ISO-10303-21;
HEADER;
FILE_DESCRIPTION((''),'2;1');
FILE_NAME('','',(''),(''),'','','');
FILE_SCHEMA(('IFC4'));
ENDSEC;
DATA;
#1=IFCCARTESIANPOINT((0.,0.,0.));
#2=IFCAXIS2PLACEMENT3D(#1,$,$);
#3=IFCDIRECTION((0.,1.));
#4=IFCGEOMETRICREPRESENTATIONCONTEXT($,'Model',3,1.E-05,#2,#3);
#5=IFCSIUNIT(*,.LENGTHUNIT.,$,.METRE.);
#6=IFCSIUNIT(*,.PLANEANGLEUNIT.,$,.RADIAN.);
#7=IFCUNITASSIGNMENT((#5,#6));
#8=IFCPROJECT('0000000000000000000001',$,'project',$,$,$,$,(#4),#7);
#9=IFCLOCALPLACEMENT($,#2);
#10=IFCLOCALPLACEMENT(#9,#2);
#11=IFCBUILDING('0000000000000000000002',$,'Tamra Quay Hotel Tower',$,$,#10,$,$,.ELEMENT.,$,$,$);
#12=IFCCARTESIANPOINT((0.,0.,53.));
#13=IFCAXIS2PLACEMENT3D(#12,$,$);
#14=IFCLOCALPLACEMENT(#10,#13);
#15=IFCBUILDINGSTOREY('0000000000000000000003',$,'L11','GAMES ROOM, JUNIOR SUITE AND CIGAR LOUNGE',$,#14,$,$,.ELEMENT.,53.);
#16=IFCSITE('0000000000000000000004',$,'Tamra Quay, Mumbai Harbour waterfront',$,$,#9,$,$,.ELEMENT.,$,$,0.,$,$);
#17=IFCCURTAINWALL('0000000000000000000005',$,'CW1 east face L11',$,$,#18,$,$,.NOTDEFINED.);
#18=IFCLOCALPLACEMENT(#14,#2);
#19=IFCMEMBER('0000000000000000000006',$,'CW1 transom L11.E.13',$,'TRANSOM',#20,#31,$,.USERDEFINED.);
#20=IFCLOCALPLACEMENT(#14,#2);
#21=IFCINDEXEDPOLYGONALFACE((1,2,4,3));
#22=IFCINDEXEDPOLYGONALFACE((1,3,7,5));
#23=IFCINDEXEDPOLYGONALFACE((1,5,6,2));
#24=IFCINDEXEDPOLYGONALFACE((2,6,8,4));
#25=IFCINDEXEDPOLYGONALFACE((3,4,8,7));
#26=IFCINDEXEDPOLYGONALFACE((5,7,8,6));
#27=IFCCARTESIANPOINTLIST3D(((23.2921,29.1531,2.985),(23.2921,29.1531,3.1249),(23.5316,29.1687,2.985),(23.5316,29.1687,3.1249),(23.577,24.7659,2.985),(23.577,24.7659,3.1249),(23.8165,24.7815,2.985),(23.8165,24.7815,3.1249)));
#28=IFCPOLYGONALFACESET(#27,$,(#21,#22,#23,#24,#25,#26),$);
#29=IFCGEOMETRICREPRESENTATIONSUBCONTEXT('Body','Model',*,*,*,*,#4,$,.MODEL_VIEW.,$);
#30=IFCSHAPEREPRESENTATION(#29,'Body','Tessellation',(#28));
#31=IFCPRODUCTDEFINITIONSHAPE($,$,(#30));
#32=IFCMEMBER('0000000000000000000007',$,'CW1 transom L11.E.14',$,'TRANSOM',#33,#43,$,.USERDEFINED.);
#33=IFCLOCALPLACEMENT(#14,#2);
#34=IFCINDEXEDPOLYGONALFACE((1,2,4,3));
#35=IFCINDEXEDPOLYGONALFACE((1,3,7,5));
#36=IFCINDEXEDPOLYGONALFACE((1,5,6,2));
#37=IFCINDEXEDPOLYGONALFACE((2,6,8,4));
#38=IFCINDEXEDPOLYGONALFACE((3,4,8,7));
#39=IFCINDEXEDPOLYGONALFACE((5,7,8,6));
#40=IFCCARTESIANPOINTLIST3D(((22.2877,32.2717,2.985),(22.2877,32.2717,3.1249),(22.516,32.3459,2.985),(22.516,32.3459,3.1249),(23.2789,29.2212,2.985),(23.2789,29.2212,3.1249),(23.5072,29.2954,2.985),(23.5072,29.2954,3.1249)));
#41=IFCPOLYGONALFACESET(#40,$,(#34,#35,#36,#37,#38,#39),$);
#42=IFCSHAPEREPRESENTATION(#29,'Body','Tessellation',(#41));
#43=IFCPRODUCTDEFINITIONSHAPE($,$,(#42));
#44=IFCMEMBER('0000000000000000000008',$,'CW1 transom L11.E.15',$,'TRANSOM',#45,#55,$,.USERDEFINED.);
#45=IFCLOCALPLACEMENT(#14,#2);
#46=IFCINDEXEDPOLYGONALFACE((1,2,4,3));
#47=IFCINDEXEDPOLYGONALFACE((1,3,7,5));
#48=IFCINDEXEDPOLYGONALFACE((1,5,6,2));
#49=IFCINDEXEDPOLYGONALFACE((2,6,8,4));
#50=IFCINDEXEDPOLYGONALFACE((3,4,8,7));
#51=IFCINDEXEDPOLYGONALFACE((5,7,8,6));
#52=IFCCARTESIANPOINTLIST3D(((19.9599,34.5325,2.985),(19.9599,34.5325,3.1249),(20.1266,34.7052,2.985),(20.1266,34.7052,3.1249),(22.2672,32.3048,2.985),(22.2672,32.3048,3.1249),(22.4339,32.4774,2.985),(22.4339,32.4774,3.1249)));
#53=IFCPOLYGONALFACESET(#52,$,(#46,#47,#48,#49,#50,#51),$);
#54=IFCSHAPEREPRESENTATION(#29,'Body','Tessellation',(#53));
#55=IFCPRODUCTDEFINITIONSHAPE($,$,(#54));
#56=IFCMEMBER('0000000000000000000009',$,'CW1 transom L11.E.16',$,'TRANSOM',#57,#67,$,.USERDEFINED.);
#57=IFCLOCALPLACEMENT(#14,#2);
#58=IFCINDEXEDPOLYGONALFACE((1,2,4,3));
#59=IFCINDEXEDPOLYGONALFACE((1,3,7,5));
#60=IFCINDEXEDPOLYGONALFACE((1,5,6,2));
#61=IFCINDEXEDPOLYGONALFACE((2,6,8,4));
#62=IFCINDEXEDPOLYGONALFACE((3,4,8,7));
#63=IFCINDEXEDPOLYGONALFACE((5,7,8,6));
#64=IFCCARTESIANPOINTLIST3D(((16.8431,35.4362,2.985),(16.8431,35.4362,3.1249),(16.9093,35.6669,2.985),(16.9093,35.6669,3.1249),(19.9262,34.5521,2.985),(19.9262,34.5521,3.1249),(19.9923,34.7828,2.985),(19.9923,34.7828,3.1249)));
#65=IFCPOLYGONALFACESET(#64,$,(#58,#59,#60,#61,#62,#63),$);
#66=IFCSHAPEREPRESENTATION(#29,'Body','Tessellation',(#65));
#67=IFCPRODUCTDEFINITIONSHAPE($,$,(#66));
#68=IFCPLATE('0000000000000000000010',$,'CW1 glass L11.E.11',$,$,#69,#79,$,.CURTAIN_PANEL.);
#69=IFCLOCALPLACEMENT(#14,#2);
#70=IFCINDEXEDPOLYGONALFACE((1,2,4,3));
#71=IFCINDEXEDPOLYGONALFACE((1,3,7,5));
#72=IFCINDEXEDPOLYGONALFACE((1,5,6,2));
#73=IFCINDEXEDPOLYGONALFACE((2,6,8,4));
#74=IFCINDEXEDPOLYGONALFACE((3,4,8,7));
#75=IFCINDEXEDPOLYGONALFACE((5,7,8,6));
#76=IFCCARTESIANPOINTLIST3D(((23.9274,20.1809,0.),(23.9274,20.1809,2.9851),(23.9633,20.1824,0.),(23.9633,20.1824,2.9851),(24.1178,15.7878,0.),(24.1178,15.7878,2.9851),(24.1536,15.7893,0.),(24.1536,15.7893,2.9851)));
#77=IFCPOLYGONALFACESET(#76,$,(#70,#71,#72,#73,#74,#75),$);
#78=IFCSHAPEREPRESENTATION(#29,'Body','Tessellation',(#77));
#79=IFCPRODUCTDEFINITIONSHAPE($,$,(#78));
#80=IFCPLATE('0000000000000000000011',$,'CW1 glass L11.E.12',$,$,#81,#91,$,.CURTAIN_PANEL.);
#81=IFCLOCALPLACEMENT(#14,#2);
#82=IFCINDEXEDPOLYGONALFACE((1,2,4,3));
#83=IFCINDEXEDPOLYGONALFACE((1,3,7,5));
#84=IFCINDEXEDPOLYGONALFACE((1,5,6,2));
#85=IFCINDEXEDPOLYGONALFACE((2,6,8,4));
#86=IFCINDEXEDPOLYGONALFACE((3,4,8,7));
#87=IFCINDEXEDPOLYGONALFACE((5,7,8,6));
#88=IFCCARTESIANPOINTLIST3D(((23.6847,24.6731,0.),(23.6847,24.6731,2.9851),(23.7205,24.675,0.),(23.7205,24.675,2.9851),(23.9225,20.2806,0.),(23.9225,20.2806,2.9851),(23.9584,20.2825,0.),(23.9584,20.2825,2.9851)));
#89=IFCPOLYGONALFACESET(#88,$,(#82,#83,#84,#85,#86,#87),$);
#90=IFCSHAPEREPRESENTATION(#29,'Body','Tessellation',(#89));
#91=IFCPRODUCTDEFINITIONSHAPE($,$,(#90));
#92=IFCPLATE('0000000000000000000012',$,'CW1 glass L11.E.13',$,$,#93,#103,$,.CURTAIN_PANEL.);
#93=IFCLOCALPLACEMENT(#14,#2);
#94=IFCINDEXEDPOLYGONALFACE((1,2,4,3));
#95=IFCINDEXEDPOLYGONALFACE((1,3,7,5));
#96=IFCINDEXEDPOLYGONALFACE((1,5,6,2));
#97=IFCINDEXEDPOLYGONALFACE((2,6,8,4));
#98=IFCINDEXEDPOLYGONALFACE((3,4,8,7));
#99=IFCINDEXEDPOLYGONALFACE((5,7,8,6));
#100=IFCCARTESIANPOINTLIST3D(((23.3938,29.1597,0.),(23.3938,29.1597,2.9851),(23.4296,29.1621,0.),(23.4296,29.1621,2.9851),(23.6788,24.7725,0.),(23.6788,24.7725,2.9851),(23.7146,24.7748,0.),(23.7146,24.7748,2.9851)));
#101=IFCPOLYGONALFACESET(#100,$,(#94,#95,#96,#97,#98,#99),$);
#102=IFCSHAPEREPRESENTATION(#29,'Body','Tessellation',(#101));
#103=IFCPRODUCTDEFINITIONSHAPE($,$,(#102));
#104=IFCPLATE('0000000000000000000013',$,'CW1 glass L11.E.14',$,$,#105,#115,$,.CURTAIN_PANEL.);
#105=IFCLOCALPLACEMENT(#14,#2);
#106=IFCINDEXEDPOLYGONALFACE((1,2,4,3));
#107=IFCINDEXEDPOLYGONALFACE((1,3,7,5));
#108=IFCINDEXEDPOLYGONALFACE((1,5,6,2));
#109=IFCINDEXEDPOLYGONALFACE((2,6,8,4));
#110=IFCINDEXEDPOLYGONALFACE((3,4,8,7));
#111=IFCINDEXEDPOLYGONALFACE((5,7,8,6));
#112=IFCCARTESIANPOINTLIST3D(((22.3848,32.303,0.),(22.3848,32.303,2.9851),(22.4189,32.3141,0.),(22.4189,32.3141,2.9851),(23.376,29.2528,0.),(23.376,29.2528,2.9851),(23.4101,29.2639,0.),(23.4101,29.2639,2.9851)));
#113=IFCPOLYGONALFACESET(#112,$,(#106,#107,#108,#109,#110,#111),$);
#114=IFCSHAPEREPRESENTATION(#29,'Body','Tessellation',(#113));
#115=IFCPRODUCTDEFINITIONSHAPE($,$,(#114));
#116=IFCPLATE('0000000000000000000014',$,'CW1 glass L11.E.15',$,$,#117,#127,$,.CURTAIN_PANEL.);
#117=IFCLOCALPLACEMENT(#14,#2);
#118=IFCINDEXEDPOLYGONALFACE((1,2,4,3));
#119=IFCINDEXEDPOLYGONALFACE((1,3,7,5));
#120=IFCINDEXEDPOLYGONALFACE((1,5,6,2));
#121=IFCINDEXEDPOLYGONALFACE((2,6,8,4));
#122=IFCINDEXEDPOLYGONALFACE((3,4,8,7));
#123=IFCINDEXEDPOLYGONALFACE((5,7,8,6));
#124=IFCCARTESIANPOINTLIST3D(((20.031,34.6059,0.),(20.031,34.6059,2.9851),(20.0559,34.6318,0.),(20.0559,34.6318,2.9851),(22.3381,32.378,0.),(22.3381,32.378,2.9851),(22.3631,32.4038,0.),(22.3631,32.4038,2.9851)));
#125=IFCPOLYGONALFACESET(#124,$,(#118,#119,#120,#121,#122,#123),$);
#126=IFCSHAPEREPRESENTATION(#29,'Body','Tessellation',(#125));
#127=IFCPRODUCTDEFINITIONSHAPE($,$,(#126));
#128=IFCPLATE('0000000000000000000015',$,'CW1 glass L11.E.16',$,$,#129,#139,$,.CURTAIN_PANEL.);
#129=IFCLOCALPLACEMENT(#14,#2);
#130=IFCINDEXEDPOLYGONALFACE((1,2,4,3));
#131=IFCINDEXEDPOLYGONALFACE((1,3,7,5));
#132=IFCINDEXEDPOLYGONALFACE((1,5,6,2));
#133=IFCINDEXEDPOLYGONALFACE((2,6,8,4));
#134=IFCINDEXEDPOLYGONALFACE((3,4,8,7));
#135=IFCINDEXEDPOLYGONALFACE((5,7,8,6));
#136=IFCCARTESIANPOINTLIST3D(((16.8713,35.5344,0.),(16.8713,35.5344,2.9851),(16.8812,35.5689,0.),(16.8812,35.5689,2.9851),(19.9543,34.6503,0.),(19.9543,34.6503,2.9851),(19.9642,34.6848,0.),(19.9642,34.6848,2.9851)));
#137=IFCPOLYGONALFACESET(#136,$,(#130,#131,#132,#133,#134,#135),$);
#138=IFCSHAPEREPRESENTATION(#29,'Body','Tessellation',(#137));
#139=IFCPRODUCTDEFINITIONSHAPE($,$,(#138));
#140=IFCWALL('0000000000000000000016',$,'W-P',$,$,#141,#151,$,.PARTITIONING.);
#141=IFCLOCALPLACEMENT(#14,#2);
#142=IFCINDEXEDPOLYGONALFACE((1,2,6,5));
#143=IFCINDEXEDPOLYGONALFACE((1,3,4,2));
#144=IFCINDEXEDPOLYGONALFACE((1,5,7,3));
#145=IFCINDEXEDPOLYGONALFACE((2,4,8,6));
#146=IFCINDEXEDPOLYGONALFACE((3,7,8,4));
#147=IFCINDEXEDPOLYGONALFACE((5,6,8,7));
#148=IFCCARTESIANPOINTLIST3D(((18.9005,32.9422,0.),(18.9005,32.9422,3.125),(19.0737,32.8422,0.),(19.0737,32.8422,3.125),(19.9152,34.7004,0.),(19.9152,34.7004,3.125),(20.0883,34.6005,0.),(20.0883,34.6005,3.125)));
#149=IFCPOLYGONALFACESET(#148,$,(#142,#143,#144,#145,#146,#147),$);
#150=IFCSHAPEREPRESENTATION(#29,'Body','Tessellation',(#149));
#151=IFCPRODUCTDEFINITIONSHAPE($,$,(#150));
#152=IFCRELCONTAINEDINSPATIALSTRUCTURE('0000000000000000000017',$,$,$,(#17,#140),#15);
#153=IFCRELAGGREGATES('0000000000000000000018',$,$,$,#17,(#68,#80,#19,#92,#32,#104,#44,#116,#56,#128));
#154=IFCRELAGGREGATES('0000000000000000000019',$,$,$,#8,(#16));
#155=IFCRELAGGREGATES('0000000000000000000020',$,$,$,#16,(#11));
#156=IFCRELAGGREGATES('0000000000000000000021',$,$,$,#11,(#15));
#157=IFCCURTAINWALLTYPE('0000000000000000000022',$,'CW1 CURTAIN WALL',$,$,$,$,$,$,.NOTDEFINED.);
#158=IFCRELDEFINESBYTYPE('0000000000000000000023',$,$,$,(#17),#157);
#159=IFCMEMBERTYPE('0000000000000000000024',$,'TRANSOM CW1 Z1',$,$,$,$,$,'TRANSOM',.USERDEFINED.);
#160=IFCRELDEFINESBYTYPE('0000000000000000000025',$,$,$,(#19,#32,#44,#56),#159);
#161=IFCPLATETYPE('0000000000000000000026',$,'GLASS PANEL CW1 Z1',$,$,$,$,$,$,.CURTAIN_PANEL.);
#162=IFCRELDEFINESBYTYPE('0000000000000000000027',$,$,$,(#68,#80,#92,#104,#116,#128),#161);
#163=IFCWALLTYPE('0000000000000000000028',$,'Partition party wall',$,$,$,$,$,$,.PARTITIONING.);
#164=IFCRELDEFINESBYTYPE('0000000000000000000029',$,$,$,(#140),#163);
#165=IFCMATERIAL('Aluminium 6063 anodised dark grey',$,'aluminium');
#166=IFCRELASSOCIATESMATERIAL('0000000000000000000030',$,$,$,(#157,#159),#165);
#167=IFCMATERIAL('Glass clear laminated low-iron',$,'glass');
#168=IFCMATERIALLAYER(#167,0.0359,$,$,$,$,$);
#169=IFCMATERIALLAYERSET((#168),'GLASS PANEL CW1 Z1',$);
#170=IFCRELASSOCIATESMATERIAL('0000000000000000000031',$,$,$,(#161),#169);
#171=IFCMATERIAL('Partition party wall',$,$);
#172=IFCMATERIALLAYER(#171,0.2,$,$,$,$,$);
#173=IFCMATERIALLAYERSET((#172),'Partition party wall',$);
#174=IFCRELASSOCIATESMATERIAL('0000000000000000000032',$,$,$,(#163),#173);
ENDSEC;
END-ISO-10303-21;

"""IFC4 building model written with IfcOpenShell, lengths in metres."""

from ifc_helpers import new_model, si_unit, direction, frame, frame_2d, origin, origin_2d, place, context, subcontext, project, spatial, rectangle, extrude, material, layer, layer_set, material_profile, profile_set, type_object, element, aggregate, save


model = new_model("IFC4")

# Units and contexts
model_context = context("Model", 3, precision=1e-05, world=origin(), true_north=direction((0.0, 1.0)))
body_context = subcontext(model_context, "Body", "Model", "MODEL_VIEW")
ifc_project = project(units=[si_unit("LENGTHUNIT", "METRE"), si_unit("PLANEANGLEUNIT", "RADIAN")], contexts=[model_context])

# Site, building, storey
site_placement = place(None, origin())
site = spatial("IfcSite", under=ifc_project, at=site_placement, Name="Tamra Quay, Mumbai Harbour waterfront", CompositionType="ELEMENT", RefElevation=0.0)
building_placement = place(site_placement, origin())
building = spatial("IfcBuilding", under=site, at=building_placement, Name="Tamra Quay Hotel Tower", CompositionType="ELEMENT")
storey_placement = place(building_placement, frame((0.0, 0.0, 53.0)))
storey = spatial("IfcBuildingStorey", under=building, at=storey_placement, Name="L11", Description="GAMES ROOM, JUNIOR SUITE AND CIGAR LOUNGE", CompositionType="ELEMENT", Elevation=53.0)

# Curtain wall
ifc_material_1 = material(Name="Aluminium 6063 anodised dark grey", Category="aluminium")
curtain_wall_type = type_object("IfcCurtainWallType", Name="CW1 CURTAIN WALL", PredefinedType="NOTDEFINED", material=ifc_material_1)
curtain_wall_placement = place(storey_placement, origin())
curtain_wall = element("IfcCurtainWall", 1, at=curtain_wall_placement, inside=storey, type_object=curtain_wall_type, Name="CW1 east face L11", PredefinedType="NOTDEFINED")

# Members
ifc_material_profile_1 = material_profile(ifc_material_1, rectangle(XDim=0.24, YDim=0.1399, at=origin_2d()), Name="TRANSOM 240X140")
ifc_profile_set_1 = profile_set([ifc_material_profile_1], Name="Aluminium 6063 anodised dark grey")
member_type_1 = type_object("IfcMemberType", Name="TRANSOM CW1 Z1", ElementType="TRANSOM", PredefinedType="USERDEFINED", material=ifc_profile_set_1)
member_1_placement = place(storey_placement, frame((23.6968, 24.7737, 3.0549), z_axis=(-0.064805, 0.997898, 0.0), x_axis=(-0.997898, -0.064805, 0.0)))
member_1 = element("IfcMember", 2, at=member_1_placement, type_object=member_type_1, Name="CW1 transom L11.E.13", ObjectType="TRANSOM", PredefinedType="USERDEFINED", context=body_context, shape_type="SweptSolid", body=[
    extrude(rectangle(XDim=0.24, YDim=0.1399, at=origin_2d()), origin(), (0.0, 0.0, 1.0), 4.3965),
])
member_2_placement = place(storey_placement, frame((23.3931, 29.2583, 3.0549), z_axis=(-0.309026, 0.951054, 0.0), x_axis=(-0.951054, -0.309026, 0.0)))
member_2 = element("IfcMember", 3, at=member_2_placement, type_object=member_type_1, Name="CW1 transom L11.E.14", ObjectType="TRANSOM", PredefinedType="USERDEFINED", context=body_context, shape_type="SweptSolid", body=[
    extrude(rectangle(XDim=0.24, YDim=0.1399, at=origin_2d()), origin(), (0.0, 0.0, 1.0), 3.2075),
])
member_3_placement = place(storey_placement, frame((22.3506, 32.3911, 3.0549), z_axis=(-0.719405, 0.69459, 0.0), x_axis=(-0.69459, -0.719405, 0.0)))
member_3 = element("IfcMember", 4, at=member_3_placement, type_object=member_type_1, Name="CW1 transom L11.E.15", ObjectType="TRANSOM", PredefinedType="USERDEFINED", context=body_context, shape_type="SweptSolid", body=[
    extrude(rectangle(XDim=0.24, YDim=0.1399, at=origin_2d()), origin(), (0.0, 0.0, 1.0), 3.2073),
])
member_4_placement = place(storey_placement, frame((19.9592, 34.6675, 3.0549), z_axis=(-0.961262, 0.275636, 0.0), x_axis=(-0.275636, -0.961262, 0.0)))
member_4 = element("IfcMember", 5, at=member_4_placement, type_object=member_type_1, Name="CW1 transom L11.E.16", ObjectType="TRANSOM", PredefinedType="USERDEFINED", context=body_context, shape_type="SweptSolid", body=[
    extrude(rectangle(XDim=0.24, YDim=0.1399, at=origin_2d()), origin(), (0.0, 0.0, 1.0), 3.2073),
])

# Plates
ifc_material_2 = material(Name="Glass clear laminated low-iron", Category="glass")
ifc_layer_1 = layer(ifc_material_2, 0.0359)
ifc_layer_set_1 = layer_set([ifc_layer_1], Name="GLASS PANEL CW1 Z1")
plate_type = type_object("IfcPlateType", Name="GLASS PANEL CW1 Z1", PredefinedType="CURTAIN_PANEL", material=ifc_layer_set_1)
plate_1_placement = place(storey_placement, frame((24.0405, 17.9851, 0.0), z_axis=(0.0, 0.0, 1.0), x_axis=(-0.043285, 0.999063, 0.0)))
plate_1 = element("IfcPlate", 6, at=plate_1_placement, type_object=plate_type, Name="CW1 glass L11.E.11", PredefinedType="CURTAIN_PANEL", context=body_context, shape_type="SweptSolid", body=[
    extrude(rectangle(XDim=4.3972, YDim=0.0359, at=origin_2d()), origin(), (0.0, 0.0, 1.0), 2.9851),
])
plate_2_placement = place(storey_placement, frame((23.8215, 22.4778, 0.0), z_axis=(0.0, 0.0, 1.0), x_axis=(-0.054062, 0.998538, 0.0)))
plate_2 = element("IfcPlate", 7, at=plate_2_placement, type_object=plate_type, Name="CW1 glass L11.E.12", PredefinedType="CURTAIN_PANEL", context=body_context, shape_type="SweptSolid", body=[
    extrude(rectangle(XDim=4.3989, YDim=0.0359, at=origin_2d()), origin(), (0.0, 0.0, 1.0), 2.9851),
])
plate_3_placement = place(storey_placement, frame((23.5542, 26.9673, 0.0), z_axis=(0.0, 0.0, 1.0), x_axis=(-0.064813, 0.997897, 0.0)))
plate_3 = element("IfcPlate", 8, at=plate_3_placement, type_object=plate_type, Name="CW1 glass L11.E.13", PredefinedType="CURTAIN_PANEL", context=body_context, shape_type="SweptSolid", body=[
    extrude(rectangle(XDim=4.3965, YDim=0.0359, at=origin_2d()), origin(), (0.0, 0.0, 1.0), 2.9851),
])
plate_4_placement = place(storey_placement, frame((22.8975, 30.7834, 0.0), z_axis=(0.0, 0.0, 1.0), x_axis=(-0.309041, 0.951049, 0.0)))
plate_4 = element("IfcPlate", 9, at=plate_4_placement, type_object=plate_type, Name="CW1 glass L11.E.14", PredefinedType="CURTAIN_PANEL", context=body_context, shape_type="SweptSolid", body=[
    extrude(rectangle(XDim=3.2073, YDim=0.0359, at=origin_2d()), origin(), (0.0, 0.0, 1.0), 2.9851),
])
plate_5_placement = place(storey_placement, frame((21.197, 33.5049, 0.0), z_axis=(0.0, 0.0, 1.0), x_axis=(-0.719346, 0.694652, 0.0)))
plate_5 = element("IfcPlate", 10, at=plate_5_placement, type_object=plate_type, Name="CW1 glass L11.E.15", PredefinedType="CURTAIN_PANEL", context=body_context, shape_type="SweptSolid", body=[
    extrude(rectangle(XDim=3.2073, YDim=0.0359, at=origin_2d()), origin(), (0.0, 0.0, 1.0), 2.9851),
])
plate_6_placement = place(storey_placement, frame((18.4177, 35.1096, 0.0), z_axis=(0.0, 0.0, 1.0), x_axis=(-0.961259, 0.275645, 0.0)))
plate_6 = element("IfcPlate", 11, at=plate_6_placement, type_object=plate_type, Name="CW1 glass L11.E.16", PredefinedType="CURTAIN_PANEL", context=body_context, shape_type="SweptSolid", body=[
    extrude(rectangle(XDim=3.2073, YDim=0.0359, at=origin_2d()), origin(), (0.0, 0.0, 1.0), 2.9851),
])
aggregate(curtain_wall, [plate_1, plate_2, member_1, plate_3, member_2, plate_4, member_3, plate_5, member_4, plate_6])

# Wall
ifc_material_3 = material(Name="Partition party wall")
ifc_layer_2 = layer(ifc_material_3, 0.2)
ifc_layer_set_2 = layer_set([ifc_layer_2], Name="Partition party wall")
wall_type = type_object("IfcWallType", Name="Partition party wall", PredefinedType="PARTITIONING", material=ifc_layer_set_2)
wall_placement = place(storey_placement, frame((18.9871, 32.8921, 0.0), z_axis=(0.0, 0.0, 1.0), x_axis=(0.499813, 0.866134, 0.0)))
element("IfcWall", 12, at=wall_placement, inside=storey, type_object=wall_type, Name="W-P", PredefinedType="PARTITIONING", context=body_context, shape_type="SweptSolid", body=[
    extrude(rectangle(XDim=2.03, YDim=0.2, at=frame_2d((1.0151, 0.0))), origin(), (0.0, 0.0, 1.0), 3.125),
])

save(model, "model.ifc")
